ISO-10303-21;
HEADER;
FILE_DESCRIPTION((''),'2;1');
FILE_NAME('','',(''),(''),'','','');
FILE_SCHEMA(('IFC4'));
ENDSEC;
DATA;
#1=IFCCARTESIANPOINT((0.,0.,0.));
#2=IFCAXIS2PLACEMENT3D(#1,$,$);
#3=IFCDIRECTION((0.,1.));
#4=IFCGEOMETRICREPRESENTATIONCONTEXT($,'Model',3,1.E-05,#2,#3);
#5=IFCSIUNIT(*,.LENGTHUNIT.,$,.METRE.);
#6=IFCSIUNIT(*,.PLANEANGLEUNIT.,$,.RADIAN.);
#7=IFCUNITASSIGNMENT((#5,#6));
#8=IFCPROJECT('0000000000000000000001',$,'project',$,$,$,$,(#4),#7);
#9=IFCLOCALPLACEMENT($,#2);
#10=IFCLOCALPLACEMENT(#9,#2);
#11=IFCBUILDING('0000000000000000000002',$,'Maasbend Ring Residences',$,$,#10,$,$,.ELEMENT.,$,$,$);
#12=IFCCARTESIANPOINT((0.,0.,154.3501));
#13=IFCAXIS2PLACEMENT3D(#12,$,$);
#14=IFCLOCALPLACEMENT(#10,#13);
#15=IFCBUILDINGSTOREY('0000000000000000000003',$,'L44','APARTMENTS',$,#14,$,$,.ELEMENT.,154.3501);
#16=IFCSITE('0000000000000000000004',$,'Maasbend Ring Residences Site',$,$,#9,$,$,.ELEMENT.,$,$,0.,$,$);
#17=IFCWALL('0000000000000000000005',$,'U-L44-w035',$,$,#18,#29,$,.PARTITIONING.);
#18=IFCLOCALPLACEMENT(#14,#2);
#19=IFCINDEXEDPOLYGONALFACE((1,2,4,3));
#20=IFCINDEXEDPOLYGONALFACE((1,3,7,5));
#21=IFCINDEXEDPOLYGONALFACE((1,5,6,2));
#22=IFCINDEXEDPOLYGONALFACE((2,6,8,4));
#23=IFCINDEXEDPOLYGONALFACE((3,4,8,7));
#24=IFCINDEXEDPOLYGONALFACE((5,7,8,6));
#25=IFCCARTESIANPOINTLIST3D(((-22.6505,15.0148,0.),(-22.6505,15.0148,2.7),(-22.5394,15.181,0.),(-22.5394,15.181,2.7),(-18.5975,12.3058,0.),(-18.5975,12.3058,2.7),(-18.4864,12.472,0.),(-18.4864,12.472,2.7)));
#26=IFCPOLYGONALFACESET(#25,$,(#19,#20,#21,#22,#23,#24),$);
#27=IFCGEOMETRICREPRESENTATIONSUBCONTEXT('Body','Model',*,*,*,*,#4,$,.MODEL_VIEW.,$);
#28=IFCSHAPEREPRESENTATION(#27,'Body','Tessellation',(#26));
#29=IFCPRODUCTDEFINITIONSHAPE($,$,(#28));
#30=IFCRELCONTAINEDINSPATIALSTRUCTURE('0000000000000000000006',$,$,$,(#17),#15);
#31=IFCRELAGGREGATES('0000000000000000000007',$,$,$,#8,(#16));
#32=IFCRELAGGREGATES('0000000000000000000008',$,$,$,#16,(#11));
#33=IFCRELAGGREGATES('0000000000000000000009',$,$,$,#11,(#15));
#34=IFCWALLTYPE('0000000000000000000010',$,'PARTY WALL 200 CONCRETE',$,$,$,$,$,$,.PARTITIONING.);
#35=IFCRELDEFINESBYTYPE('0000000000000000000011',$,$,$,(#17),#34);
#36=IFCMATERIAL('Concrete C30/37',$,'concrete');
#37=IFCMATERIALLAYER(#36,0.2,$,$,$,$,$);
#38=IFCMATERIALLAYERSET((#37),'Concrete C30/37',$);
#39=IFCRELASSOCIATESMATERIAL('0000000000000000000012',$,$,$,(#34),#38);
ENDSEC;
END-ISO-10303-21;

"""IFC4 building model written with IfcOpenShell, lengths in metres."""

from ifc_helpers import new_model, si_unit, direction, frame, frame_2d, origin, place, context, subcontext, project, spatial, rectangle, extrude, material, layer, layer_set, type_object, element, save


model = new_model("IFC4")

# Units and contexts
model_context = context("Model", 3, precision=1e-05, world=origin(), true_north=direction((0.0, 1.0)))
body_context = subcontext(model_context, "Body", "Model", "MODEL_VIEW")
ifc_project = project(units=[si_unit("LENGTHUNIT", "METRE"), si_unit("PLANEANGLEUNIT", "RADIAN")], contexts=[model_context])

# Site, building, storey
site_placement = place(None, origin())
site = spatial("IfcSite", under=ifc_project, at=site_placement, Name="Maasbend Ring Residences Site", CompositionType="ELEMENT", RefElevation=0.0)
building_placement = place(site_placement, origin())
building = spatial("IfcBuilding", under=site, at=building_placement, Name="Maasbend Ring Residences", CompositionType="ELEMENT")
storey_placement = place(building_placement, frame((0.0, 0.0, 154.3501)))
storey = spatial("IfcBuildingStorey", under=building, at=storey_placement, Name="L44", Description="APARTMENTS", CompositionType="ELEMENT", Elevation=154.3501)

# Wall
ifc_material_1 = material(Name="Concrete C30/37", Category="concrete")
ifc_layer_1 = layer(ifc_material_1, 0.2)
ifc_layer_set_1 = layer_set([ifc_layer_1], Name="Concrete C30/37")
wall_type_1 = type_object("IfcWallType", Name="PARTY WALL 200 CONCRETE", PredefinedType="PARTITIONING", material=ifc_layer_set_1)
wall_1_placement = place(storey_placement, frame((-22.595, 15.0979, 0.0), z_axis=(0.0, 0.0, 1.0), x_axis=(0.831387, -0.555694, 0.0)))
element("IfcWall", 1, at=wall_1_placement, inside=storey, type_object=wall_type_1, Name="U-L44-w035", PredefinedType="PARTITIONING", context=body_context, shape_type="SweptSolid", body=[
    extrude(rectangle(XDim=4.875, YDim=0.2, at=frame_2d((2.4375, 0.0))), origin(), (0.0, 0.0, 1.0), 2.7),
])

save(model, "model.ifc")
